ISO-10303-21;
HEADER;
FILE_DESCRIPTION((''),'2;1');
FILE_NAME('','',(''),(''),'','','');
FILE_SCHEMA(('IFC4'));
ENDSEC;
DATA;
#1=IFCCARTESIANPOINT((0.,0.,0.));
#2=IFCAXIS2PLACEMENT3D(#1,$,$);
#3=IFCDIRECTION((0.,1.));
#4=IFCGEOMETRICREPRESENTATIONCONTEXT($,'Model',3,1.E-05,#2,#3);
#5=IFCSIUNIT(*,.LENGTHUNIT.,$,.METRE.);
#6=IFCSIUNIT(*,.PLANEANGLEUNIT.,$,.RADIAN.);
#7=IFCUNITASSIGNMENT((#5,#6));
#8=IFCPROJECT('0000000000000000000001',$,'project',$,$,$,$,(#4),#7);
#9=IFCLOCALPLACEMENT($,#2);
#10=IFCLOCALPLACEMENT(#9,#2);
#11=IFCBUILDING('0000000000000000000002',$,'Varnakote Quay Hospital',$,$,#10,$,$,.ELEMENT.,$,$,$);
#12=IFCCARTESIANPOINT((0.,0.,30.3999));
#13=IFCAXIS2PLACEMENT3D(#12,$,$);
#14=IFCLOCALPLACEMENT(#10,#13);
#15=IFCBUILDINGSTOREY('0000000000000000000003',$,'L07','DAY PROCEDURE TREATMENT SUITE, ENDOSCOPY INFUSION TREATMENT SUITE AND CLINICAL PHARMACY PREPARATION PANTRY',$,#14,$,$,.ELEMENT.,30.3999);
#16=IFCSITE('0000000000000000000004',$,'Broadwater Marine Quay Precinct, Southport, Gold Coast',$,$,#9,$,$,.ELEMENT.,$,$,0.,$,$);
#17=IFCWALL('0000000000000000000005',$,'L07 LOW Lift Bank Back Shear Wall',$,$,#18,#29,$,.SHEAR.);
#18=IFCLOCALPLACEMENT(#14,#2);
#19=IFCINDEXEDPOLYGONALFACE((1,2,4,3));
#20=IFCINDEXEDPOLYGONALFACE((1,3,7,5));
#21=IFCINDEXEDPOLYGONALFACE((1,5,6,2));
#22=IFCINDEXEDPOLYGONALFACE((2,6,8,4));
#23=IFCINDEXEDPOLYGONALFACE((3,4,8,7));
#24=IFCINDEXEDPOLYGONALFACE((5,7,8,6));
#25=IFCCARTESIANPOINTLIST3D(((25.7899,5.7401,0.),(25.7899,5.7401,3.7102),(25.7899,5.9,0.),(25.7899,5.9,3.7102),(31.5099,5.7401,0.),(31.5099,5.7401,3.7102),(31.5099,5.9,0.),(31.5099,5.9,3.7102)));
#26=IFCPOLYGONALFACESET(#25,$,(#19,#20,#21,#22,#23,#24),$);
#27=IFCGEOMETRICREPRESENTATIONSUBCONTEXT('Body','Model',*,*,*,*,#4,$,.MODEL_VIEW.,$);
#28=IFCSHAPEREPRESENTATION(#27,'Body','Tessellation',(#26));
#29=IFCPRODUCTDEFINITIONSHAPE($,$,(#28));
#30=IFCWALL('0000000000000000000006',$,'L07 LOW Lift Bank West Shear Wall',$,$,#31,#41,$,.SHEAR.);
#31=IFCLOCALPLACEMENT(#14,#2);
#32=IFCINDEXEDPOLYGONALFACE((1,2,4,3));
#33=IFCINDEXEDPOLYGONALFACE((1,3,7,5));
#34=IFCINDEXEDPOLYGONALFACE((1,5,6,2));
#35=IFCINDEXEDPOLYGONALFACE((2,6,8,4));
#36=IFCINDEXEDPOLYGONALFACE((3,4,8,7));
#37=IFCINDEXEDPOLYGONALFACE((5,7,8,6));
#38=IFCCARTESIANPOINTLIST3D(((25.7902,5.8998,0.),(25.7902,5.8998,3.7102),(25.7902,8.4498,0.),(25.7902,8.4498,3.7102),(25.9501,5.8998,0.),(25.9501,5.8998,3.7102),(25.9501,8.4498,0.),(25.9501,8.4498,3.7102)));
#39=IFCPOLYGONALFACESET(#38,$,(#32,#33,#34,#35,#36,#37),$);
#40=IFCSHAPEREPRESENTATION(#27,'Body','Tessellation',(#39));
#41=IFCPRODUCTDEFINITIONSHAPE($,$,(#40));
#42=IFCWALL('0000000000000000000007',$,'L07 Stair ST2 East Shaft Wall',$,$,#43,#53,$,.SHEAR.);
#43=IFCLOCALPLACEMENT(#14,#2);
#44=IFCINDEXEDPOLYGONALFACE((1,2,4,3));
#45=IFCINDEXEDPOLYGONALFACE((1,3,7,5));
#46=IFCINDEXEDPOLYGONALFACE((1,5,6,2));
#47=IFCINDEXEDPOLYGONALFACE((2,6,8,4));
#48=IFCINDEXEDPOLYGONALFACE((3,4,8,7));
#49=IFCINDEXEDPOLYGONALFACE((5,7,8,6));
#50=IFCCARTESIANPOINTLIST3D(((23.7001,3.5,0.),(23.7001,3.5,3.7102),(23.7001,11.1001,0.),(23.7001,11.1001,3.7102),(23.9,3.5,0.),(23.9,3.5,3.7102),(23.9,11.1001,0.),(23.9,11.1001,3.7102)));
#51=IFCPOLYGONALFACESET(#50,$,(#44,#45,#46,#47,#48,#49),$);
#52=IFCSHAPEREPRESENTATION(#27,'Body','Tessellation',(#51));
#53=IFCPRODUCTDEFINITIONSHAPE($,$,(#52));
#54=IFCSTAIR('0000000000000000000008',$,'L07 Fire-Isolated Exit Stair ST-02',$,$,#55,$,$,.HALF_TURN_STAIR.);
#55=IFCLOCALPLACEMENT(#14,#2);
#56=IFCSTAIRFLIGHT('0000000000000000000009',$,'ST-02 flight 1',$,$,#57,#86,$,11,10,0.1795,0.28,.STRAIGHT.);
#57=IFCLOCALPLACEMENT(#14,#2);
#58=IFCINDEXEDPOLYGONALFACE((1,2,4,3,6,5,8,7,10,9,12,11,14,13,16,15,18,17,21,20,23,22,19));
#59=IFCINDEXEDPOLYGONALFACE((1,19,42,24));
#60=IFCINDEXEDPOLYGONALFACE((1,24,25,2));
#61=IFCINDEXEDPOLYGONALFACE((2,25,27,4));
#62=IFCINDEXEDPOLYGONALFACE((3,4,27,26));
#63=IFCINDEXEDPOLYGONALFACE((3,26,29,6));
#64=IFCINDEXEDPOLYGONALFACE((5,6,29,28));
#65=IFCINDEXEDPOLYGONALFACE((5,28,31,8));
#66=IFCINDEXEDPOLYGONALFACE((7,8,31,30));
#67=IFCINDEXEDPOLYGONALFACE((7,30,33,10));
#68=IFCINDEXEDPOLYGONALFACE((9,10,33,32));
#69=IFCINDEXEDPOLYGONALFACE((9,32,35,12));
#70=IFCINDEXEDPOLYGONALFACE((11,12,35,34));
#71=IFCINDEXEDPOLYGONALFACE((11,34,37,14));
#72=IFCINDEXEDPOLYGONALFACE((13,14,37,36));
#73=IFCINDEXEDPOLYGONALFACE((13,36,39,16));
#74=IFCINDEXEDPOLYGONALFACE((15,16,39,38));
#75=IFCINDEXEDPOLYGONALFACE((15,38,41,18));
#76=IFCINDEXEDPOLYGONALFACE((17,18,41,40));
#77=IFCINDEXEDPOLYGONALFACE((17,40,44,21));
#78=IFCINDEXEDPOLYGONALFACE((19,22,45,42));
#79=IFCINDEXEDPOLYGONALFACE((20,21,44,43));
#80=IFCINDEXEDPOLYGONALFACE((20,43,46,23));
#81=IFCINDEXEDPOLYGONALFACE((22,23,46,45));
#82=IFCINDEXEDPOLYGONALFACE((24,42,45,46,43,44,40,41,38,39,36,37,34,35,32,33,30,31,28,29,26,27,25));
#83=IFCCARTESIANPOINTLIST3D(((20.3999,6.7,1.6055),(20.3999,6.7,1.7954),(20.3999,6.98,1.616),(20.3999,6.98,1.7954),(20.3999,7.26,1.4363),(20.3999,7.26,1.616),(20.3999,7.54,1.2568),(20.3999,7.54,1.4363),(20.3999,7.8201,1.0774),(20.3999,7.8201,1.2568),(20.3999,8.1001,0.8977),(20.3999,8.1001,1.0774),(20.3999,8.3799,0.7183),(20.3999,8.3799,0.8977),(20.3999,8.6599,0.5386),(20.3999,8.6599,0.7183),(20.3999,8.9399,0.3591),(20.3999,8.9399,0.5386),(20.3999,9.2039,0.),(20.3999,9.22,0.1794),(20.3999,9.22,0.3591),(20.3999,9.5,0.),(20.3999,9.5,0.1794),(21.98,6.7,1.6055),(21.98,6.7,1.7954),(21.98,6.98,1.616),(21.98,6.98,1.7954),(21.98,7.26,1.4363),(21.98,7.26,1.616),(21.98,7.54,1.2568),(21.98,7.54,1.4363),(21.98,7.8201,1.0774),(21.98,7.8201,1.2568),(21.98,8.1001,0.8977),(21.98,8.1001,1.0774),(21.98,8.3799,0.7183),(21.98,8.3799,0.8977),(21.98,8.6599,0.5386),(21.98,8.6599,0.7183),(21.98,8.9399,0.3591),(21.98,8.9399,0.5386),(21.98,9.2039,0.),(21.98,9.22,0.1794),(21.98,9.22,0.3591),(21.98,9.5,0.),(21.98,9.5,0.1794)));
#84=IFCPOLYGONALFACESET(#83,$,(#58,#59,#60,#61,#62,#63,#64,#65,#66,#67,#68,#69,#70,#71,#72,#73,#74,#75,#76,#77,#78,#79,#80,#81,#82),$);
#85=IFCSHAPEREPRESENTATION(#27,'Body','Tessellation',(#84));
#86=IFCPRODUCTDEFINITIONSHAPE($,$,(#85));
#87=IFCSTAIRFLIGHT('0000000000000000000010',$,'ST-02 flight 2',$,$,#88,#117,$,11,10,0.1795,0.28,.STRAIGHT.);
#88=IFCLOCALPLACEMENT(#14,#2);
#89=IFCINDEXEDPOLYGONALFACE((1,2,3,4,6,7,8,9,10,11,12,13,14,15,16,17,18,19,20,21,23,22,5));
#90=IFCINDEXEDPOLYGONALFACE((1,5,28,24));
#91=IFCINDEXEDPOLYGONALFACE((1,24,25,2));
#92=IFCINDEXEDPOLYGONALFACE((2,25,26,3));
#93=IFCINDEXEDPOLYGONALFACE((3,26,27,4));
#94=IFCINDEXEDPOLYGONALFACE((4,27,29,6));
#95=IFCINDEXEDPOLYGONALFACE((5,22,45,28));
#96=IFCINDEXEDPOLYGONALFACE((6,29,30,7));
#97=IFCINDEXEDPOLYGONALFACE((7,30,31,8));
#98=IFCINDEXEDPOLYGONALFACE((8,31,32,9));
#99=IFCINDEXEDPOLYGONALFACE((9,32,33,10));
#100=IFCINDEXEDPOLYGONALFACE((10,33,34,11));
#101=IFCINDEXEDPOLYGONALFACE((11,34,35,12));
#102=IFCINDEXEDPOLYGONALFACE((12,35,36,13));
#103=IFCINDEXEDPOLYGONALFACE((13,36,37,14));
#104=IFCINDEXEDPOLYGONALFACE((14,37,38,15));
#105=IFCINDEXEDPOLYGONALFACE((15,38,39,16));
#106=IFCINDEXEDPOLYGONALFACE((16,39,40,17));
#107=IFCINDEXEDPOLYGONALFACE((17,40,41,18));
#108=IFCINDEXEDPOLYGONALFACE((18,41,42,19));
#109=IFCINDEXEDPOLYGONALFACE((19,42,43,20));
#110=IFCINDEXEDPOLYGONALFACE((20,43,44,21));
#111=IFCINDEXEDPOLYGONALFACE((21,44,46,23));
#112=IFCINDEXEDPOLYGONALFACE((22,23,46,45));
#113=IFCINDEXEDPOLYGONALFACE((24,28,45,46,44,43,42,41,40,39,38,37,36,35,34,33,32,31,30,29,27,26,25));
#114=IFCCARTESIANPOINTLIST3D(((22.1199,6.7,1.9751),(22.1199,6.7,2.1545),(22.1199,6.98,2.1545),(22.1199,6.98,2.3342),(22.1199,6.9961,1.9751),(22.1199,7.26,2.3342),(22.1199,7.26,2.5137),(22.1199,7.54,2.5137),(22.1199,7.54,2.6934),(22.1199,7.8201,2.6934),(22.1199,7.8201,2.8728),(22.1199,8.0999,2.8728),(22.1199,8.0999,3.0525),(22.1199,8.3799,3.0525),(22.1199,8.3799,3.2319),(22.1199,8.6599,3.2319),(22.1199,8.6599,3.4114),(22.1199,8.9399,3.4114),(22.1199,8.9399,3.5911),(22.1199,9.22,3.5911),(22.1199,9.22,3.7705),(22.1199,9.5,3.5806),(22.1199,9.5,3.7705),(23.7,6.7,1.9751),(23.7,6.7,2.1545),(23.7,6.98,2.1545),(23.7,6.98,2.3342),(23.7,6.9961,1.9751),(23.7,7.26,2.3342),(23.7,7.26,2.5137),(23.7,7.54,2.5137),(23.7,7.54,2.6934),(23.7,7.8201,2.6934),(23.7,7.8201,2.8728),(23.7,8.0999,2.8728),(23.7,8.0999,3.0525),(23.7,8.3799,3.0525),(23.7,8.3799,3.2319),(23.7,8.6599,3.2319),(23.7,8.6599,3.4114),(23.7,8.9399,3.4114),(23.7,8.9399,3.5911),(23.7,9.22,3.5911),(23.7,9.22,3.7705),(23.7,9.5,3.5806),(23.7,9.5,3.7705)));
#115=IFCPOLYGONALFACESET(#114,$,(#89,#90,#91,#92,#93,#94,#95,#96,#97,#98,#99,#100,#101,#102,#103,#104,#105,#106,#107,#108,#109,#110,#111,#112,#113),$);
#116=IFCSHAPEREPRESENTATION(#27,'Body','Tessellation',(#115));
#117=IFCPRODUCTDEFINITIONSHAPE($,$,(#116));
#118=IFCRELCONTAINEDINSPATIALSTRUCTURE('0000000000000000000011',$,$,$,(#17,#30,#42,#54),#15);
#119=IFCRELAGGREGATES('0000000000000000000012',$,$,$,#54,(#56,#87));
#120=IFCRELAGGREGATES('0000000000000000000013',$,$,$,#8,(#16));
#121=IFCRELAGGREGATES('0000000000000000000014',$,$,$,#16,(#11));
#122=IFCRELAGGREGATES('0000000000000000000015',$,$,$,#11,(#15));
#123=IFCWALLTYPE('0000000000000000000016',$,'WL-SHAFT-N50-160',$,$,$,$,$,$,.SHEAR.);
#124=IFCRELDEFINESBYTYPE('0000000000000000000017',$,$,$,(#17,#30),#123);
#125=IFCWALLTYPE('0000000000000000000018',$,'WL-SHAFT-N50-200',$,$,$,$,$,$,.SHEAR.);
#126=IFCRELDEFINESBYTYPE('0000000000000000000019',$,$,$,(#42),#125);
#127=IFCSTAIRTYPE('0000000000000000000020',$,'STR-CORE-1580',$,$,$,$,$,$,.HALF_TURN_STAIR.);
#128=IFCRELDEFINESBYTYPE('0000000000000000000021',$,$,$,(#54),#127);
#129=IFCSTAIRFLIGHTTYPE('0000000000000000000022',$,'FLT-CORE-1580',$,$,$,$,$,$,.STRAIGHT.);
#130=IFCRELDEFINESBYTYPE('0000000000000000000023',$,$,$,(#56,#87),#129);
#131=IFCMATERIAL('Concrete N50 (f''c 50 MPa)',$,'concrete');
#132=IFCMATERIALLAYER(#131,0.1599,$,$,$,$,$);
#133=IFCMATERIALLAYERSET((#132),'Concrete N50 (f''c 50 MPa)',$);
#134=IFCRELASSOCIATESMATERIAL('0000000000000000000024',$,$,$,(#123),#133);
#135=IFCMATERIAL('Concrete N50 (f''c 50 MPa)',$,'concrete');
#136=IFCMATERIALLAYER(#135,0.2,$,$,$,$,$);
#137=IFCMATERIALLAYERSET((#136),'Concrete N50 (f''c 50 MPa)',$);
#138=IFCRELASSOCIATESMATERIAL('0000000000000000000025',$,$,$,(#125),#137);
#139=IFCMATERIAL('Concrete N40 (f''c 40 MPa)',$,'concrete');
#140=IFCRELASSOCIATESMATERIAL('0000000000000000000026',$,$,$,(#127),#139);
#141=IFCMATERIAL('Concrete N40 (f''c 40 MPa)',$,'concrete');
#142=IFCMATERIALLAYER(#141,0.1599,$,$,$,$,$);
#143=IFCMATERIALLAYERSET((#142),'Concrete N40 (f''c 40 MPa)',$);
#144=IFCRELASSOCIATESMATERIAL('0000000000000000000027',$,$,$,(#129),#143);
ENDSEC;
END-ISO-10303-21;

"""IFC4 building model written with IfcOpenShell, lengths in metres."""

from ifc_helpers import new_model, si_unit, direction, frame, frame_2d, origin, place, context, subcontext, project, spatial, polyline, rectangle, outline, extrude, material, layer, layer_set, type_object, element, aggregate, save


model = new_model("IFC4")

# Units and contexts
model_context = context("Model", 3, precision=1e-05, world=origin(), true_north=direction((0.0, 1.0)))
body_context = subcontext(model_context, "Body", "Model", "MODEL_VIEW")
ifc_project = project(units=[si_unit("LENGTHUNIT", "METRE"), si_unit("PLANEANGLEUNIT", "RADIAN")], contexts=[model_context])

# Site, building, storey
site_placement = place(None, origin())
site = spatial("IfcSite", under=ifc_project, at=site_placement, Name="Broadwater Marine Quay Precinct, Southport, Gold Coast", CompositionType="ELEMENT", RefElevation=0.0)
building_placement = place(site_placement, origin())
building = spatial("IfcBuilding", under=site, at=building_placement, Name="Varnakote Quay Hospital", CompositionType="ELEMENT")
storey_placement = place(building_placement, frame((0.0, 0.0, 30.3999)))
storey = spatial("IfcBuildingStorey", under=building, at=storey_placement, Name="L07", Description="DAY PROCEDURE TREATMENT SUITE, ENDOSCOPY INFUSION TREATMENT SUITE AND CLINICAL PHARMACY PREPARATION PANTRY", CompositionType="ELEMENT", Elevation=30.3999)

# Walls
ifc_material_1 = material(Name="Concrete N50 (f'c 50 MPa)", Category="concrete")
ifc_layer_1 = layer(ifc_material_1, 0.1599)
ifc_layer_set_1 = layer_set([ifc_layer_1], Name="Concrete N50 (f'c 50 MPa)")
wall_type_1 = type_object("IfcWallType", Name="WL-SHAFT-N50-160", PredefinedType="SHEAR", material=ifc_layer_set_1)
wall_1_placement = place(storey_placement, frame((25.79, 5.8201, 0.0), z_axis=(0.0, 0.0, 1.0), x_axis=(1.0, 0.0, 0.0)))
element("IfcWall", 1, at=wall_1_placement, inside=storey, type_object=wall_type_1, Name="L07 LOW Lift Bank Back Shear Wall", PredefinedType="SHEAR", context=body_context, shape_type="SweptSolid", body=[
    extrude(rectangle(XDim=5.72, YDim=0.1599, at=frame_2d((2.8599, 0.0))), origin(), (0.0, 0.0, 1.0), 3.7102),
])
wall_2_placement = place(storey_placement, frame((25.8701, 5.8999, 0.0), z_axis=(0.0, 0.0, 1.0), x_axis=(0.0, 1.0, 0.0)))
element("IfcWall", 2, at=wall_2_placement, inside=storey, type_object=wall_type_1, Name="L07 LOW Lift Bank West Shear Wall", PredefinedType="SHEAR", context=body_context, shape_type="SweptSolid", body=[
    extrude(rectangle(XDim=2.55, YDim=0.1599, at=frame_2d((1.2749, 0.0))), origin(), (0.0, 0.0, 1.0), 3.7102),
])

# Wall
ifc_material_2 = material(Name="Concrete N50 (f'c 50 MPa)", Category="concrete")
ifc_layer_2 = layer(ifc_material_2, 0.2)
ifc_layer_set_2 = layer_set([ifc_layer_2], Name="Concrete N50 (f'c 50 MPa)")
wall_type_2 = type_object("IfcWallType", Name="WL-SHAFT-N50-200", PredefinedType="SHEAR", material=ifc_layer_set_2)
wall_3_placement = place(storey_placement, frame((23.8, 3.5, 0.0), z_axis=(0.0, 0.0, 1.0), x_axis=(0.0, 1.0, 0.0)))
element("IfcWall", 3, at=wall_3_placement, inside=storey, type_object=wall_type_2, Name="L07 Stair ST2 East Shaft Wall", PredefinedType="SHEAR", context=body_context, shape_type="SweptSolid", body=[
    extrude(rectangle(XDim=7.6001, YDim=0.2, at=frame_2d((3.8, 0.0))), origin(), (0.0, 0.0, 1.0), 3.7102),
])

# Stair, stair flights
ifc_material_3 = material(Name="Concrete N40 (f'c 40 MPa)", Category="concrete")
stair_type = type_object("IfcStairType", Name="STR-CORE-1580", PredefinedType="HALF_TURN_STAIR", material=ifc_material_3)
stair_placement = place(storey_placement, origin())
stair = element("IfcStair", 4, at=stair_placement, inside=storey, type_object=stair_type, Name="L07 Fire-Isolated Exit Stair ST-02", PredefinedType="HALF_TURN_STAIR")
ifc_material_4 = material(Name="Concrete N40 (f'c 40 MPa)", Category="concrete")
ifc_layer_3 = layer(ifc_material_4, 0.1599)
ifc_layer_set_3 = layer_set([ifc_layer_3], Name="Concrete N40 (f'c 40 MPa)")
stair_flight_type = type_object("IfcStairFlightType", Name="FLT-CORE-1580", PredefinedType="STRAIGHT", material=ifc_layer_set_3)
stair_flight_1_placement = place(storey_placement, frame((21.1899, 9.5, 0.0), z_axis=(0.0, 0.0, 1.0), x_axis=(0.0, -1.0, 0.0)))
stair_flight_1 = element("IfcStairFlight", 5, at=stair_flight_1_placement, type_object=stair_flight_type, Name="ST-02 flight 1", NumberOfRisers=11, NumberOfTreads=10, PredefinedType="STRAIGHT", RiserHeight=0.1795, TreadLength=0.28, context=body_context, shape_type="SweptSolid", body=[
    extrude(outline(polyline([(0.0, 0.0), (0.0, 0.1794), (0.28, 0.1794), (0.28, 0.3591), (0.5601, 0.3591), (0.5601, 0.5386), (0.8401, 0.5386), (0.8401, 0.7183), (1.1201, 0.7183), (1.1201, 0.8977), (1.3999, 0.8977), (1.3999, 1.0774), (1.6799, 1.0774), (1.6799, 1.2568), (1.96, 1.2568), (1.96, 1.4363), (2.24, 1.4363), (2.24, 1.616), (2.52, 1.616), (2.52, 1.7954), (2.8, 1.7954), (2.8, 1.9751), (2.8, 1.6055), (0.2961, 0.0), (0.0, 0.0)])), frame((0.0, 0.79, 0.0), z_axis=(0.0, -1.0, 0.0), x_axis=(1.0, 0.0, 0.0)), (0.0, 0.0, 1.0), 1.5801),
])
stair_flight_2_placement = place(storey_placement, frame((22.9099, 6.7, 1.9751), z_axis=(0.0, 0.0, 1.0), x_axis=(0.0, 1.0, 0.0)))
stair_flight_2 = element("IfcStairFlight", 6, at=stair_flight_2_placement, type_object=stair_flight_type, Name="ST-02 flight 2", NumberOfRisers=11, NumberOfTreads=10, PredefinedType="STRAIGHT", RiserHeight=0.1795, TreadLength=0.28, context=body_context, shape_type="SweptSolid", body=[
    extrude(outline(polyline([(0.0, 0.0), (0.0, 0.1794), (0.28, 0.1794), (0.28, 0.3591), (0.5601, 0.3591), (0.5601, 0.5386), (0.8401, 0.5386), (0.8401, 0.7183), (1.1201, 0.7183), (1.1201, 0.8977), (1.3999, 0.8977), (1.3999, 1.0774), (1.6799, 1.0774), (1.6799, 1.2568), (1.96, 1.2568), (1.96, 1.4363), (2.24, 1.4363), (2.24, 1.616), (2.52, 1.616), (2.52, 1.7954), (2.8, 1.7954), (2.8, 1.9751), (2.8, 1.6055), (0.2961, 0.0), (0.0, 0.0)])), frame((0.0, 0.79, 0.0), z_axis=(0.0, -1.0, 0.0), x_axis=(1.0, 0.0, 0.0)), (0.0, 0.0, 1.0), 1.5801),
])
aggregate(stair, [stair_flight_1, stair_flight_2])

save(model, "model.ifc")
